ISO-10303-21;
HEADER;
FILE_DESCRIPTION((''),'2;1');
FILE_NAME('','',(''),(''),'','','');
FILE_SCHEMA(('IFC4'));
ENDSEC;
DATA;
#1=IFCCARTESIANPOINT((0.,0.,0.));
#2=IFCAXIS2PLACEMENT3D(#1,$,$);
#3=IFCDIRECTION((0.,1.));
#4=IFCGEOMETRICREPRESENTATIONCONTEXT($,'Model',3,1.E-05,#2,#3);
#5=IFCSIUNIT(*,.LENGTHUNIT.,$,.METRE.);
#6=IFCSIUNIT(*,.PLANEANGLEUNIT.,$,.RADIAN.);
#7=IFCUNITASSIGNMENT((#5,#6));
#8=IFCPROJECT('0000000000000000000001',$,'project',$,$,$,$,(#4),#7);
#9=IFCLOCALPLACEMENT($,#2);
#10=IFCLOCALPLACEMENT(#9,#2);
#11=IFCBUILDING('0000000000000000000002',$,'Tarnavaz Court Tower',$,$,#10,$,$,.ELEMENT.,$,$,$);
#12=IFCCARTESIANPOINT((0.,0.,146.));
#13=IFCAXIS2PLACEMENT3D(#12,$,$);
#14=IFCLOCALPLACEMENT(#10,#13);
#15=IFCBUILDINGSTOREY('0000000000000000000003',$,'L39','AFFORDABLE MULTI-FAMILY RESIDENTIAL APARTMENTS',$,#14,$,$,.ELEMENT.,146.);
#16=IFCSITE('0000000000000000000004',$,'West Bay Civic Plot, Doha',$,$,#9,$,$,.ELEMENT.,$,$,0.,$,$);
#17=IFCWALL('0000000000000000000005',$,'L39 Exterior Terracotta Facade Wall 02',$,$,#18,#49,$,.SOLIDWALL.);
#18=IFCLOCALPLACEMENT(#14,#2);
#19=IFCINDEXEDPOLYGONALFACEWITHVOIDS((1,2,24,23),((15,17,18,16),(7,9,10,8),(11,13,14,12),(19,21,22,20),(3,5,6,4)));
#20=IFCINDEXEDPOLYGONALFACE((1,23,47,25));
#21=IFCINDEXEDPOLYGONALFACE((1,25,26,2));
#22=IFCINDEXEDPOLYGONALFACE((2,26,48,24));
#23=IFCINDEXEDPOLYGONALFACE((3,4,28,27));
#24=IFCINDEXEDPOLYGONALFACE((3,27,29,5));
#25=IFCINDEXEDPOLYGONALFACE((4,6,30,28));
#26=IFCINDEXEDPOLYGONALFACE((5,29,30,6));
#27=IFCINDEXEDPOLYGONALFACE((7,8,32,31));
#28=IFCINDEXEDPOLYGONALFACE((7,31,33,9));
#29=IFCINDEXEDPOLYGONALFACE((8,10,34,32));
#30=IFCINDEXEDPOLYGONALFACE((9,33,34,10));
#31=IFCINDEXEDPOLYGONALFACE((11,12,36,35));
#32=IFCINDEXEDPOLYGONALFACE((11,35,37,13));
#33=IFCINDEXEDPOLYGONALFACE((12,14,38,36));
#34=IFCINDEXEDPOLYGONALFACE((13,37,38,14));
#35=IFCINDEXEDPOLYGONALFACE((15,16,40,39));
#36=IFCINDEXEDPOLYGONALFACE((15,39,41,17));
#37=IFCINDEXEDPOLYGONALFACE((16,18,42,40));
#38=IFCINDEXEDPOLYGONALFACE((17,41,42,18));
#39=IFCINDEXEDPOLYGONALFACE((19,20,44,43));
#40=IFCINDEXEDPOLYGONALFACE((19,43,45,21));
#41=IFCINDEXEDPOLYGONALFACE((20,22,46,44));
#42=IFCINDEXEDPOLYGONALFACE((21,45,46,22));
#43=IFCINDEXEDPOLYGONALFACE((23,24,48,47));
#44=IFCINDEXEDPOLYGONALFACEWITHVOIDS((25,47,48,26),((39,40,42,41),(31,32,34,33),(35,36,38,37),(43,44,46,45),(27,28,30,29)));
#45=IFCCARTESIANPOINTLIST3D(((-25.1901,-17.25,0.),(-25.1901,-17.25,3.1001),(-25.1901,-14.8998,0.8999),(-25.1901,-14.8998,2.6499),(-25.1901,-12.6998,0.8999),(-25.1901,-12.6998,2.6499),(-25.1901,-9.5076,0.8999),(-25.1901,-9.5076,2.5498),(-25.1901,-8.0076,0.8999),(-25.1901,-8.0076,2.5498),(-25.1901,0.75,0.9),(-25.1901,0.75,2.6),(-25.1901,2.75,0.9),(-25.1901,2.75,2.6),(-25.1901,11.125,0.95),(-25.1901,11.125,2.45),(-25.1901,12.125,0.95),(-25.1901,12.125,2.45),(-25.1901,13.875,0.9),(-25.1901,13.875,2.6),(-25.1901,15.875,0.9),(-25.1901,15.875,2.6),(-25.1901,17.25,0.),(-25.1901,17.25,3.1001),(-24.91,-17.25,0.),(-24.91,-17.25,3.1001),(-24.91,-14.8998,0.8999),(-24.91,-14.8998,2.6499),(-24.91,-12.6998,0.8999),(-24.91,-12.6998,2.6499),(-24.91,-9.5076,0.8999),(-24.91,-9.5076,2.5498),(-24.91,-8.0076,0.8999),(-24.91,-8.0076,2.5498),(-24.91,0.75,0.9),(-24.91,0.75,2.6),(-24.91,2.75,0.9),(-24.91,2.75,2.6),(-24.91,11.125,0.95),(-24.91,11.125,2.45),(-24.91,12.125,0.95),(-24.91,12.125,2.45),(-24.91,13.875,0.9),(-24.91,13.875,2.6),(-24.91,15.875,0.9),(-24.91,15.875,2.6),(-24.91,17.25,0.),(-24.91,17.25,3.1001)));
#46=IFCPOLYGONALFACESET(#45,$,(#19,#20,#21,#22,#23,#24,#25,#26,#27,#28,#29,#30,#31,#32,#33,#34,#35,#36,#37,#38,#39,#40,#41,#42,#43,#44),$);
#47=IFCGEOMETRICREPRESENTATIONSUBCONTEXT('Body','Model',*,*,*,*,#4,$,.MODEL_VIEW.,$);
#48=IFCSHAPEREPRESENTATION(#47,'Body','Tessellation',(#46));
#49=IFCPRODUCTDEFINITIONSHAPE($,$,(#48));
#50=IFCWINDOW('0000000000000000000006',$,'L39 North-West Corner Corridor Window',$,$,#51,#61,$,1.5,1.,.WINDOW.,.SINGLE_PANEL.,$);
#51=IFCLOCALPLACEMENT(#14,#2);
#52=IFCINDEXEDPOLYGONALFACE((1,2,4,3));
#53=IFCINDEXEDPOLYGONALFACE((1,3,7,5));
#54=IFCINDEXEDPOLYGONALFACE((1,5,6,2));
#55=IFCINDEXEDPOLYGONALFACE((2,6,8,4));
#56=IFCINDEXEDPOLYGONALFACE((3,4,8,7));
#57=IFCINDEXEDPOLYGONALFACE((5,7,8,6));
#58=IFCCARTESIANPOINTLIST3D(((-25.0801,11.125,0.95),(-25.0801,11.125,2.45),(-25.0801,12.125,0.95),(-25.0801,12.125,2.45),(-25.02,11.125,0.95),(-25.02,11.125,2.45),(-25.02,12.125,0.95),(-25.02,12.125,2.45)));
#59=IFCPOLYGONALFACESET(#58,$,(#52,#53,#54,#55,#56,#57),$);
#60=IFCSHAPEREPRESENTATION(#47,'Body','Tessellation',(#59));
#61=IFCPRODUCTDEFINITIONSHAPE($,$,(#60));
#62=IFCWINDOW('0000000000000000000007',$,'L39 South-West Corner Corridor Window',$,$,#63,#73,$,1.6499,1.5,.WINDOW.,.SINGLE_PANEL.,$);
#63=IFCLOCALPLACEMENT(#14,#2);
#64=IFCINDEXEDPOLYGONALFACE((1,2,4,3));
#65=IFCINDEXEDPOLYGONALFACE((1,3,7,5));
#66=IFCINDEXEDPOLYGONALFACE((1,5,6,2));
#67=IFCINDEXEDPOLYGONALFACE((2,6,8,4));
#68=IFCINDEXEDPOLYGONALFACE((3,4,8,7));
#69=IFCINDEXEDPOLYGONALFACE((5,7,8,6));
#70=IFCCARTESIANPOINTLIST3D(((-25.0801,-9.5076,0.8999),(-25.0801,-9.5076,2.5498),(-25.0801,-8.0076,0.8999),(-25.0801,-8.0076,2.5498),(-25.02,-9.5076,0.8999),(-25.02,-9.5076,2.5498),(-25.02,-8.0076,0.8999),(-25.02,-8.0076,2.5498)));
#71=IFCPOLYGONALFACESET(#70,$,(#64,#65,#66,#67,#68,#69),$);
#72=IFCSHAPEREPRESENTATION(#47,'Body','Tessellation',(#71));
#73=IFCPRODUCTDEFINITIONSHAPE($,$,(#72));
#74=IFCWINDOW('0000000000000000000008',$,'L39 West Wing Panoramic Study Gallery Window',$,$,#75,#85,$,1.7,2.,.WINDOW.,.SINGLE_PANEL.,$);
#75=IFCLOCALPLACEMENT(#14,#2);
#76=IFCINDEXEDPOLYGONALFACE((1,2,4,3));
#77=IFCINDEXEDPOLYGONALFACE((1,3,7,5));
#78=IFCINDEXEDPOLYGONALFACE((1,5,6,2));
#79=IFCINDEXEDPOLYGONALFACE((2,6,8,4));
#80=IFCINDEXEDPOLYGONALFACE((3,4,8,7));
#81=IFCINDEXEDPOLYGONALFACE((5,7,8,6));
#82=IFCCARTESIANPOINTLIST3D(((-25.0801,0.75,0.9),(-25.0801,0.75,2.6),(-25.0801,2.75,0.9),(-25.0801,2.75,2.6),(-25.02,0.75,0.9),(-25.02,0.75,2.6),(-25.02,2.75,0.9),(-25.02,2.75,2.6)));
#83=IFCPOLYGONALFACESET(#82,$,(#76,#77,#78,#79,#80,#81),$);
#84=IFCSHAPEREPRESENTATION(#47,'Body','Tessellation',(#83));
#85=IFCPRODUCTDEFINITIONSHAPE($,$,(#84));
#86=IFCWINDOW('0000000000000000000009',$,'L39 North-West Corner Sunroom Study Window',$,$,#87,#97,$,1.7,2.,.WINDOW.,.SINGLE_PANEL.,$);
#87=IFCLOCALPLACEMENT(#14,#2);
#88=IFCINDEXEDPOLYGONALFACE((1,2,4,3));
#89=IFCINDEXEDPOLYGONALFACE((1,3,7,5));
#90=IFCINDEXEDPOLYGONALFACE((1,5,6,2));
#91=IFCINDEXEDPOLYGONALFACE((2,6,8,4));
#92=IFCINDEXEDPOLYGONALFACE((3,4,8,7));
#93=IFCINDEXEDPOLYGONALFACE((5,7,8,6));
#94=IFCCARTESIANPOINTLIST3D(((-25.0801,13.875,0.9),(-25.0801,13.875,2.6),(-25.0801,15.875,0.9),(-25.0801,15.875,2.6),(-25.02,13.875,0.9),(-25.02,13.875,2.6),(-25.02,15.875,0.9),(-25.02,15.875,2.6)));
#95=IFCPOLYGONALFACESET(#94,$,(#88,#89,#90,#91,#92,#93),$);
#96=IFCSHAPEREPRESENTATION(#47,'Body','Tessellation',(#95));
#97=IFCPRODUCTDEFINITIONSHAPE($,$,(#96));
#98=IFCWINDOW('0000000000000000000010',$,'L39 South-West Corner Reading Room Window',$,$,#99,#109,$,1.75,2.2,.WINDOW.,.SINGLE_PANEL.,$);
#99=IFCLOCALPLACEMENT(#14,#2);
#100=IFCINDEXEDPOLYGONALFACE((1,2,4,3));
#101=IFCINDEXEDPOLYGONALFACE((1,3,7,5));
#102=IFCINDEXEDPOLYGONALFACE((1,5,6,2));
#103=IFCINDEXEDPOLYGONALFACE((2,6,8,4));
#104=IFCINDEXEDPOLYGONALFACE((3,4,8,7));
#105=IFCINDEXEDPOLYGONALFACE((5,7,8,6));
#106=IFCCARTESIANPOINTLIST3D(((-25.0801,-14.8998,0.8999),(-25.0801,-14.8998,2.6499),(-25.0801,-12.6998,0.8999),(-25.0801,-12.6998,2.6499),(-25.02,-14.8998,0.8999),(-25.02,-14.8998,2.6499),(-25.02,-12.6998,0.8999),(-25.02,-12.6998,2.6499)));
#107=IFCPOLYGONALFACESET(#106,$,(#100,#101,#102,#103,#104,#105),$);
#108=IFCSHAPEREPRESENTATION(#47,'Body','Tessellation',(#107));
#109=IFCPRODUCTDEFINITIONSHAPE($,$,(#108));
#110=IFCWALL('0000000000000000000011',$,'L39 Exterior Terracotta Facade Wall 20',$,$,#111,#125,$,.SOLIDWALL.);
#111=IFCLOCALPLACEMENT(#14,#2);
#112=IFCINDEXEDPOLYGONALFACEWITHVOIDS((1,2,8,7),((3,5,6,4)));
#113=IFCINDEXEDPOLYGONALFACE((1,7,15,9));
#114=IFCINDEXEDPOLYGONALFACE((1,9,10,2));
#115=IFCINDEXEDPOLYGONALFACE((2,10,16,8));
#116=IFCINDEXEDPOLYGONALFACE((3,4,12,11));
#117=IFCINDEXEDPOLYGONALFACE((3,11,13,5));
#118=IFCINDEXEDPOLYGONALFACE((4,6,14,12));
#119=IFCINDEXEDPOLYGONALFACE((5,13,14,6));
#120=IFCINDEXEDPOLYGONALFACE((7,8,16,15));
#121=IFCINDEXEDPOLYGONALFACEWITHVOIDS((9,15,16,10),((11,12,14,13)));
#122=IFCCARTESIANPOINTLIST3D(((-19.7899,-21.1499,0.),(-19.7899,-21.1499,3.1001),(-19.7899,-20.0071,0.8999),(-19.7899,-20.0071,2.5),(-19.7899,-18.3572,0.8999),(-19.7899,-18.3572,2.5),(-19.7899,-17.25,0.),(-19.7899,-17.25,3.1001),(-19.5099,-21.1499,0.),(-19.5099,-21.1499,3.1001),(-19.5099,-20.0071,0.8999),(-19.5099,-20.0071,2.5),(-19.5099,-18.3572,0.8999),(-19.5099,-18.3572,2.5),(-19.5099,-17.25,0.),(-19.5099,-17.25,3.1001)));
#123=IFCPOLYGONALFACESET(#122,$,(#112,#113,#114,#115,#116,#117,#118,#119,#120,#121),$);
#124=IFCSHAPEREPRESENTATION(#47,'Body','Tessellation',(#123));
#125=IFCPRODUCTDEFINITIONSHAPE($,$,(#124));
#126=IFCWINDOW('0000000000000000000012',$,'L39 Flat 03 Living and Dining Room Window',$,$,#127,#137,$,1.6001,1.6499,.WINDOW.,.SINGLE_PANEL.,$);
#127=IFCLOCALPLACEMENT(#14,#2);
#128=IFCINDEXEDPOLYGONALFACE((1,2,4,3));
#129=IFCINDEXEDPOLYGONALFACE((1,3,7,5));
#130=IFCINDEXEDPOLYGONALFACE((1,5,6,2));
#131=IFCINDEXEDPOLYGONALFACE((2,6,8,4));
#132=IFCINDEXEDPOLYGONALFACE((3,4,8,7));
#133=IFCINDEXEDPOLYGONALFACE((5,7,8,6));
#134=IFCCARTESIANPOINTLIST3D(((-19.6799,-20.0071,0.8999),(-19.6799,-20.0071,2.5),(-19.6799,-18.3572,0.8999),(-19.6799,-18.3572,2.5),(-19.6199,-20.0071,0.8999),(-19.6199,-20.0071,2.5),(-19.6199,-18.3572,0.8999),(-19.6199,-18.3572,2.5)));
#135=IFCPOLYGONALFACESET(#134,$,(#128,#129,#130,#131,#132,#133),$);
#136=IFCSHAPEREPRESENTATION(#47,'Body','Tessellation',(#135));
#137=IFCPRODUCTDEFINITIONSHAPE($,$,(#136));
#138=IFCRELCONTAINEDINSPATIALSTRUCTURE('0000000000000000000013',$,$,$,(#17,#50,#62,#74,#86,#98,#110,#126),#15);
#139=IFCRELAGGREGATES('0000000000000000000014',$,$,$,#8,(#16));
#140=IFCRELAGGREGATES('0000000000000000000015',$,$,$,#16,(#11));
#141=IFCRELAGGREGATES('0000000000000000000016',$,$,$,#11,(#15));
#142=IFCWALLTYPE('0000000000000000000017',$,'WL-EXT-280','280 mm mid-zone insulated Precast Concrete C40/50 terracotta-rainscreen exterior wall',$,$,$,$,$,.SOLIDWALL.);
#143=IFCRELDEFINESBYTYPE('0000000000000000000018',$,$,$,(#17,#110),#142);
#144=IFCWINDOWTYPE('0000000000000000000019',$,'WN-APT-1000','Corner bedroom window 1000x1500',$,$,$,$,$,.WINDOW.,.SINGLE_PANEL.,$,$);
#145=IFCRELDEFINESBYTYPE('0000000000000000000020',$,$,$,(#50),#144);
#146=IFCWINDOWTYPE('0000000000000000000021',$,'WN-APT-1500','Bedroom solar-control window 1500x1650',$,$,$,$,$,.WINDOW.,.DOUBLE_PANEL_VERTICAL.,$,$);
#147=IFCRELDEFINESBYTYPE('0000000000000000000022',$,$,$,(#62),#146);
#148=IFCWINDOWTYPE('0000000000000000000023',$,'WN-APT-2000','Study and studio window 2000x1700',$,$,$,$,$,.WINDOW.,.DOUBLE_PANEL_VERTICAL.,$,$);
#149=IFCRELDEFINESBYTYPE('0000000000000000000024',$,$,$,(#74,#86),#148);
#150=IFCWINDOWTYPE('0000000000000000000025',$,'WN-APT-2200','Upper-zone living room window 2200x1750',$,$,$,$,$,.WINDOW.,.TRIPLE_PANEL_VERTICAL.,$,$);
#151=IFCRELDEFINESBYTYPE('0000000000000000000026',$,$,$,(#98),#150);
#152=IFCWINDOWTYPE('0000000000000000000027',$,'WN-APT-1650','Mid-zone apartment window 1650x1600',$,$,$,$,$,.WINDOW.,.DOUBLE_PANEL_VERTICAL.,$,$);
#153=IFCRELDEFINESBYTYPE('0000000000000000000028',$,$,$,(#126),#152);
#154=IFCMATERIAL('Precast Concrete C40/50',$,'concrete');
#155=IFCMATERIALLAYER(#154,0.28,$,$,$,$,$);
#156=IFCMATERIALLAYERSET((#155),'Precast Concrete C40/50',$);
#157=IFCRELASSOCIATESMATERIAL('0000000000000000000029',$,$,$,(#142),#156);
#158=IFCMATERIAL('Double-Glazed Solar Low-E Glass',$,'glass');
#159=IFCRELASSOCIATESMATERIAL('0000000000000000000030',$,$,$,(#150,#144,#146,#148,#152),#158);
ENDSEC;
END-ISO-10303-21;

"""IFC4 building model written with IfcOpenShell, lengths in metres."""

from ifc_helpers import new_model, si_unit, direction, frame, frame_2d, origin, place, context, subcontext, project, spatial, rectangle, extrude, material, layer, layer_set, type_object, element, fill, save


model = new_model("IFC4")

# Units and contexts
model_context = context("Model", 3, precision=1e-05, world=origin(), true_north=direction((0.0, 1.0)))
body_context = subcontext(model_context, "Body", "Model", "MODEL_VIEW")
ifc_project = project(units=[si_unit("LENGTHUNIT", "METRE"), si_unit("PLANEANGLEUNIT", "RADIAN")], contexts=[model_context])

# Site, building, storey
site_placement = place(None, origin())
site = spatial("IfcSite", under=ifc_project, at=site_placement, Name="West Bay Civic Plot, Doha", CompositionType="ELEMENT", RefElevation=0.0)
building_placement = place(site_placement, origin())
building = spatial("IfcBuilding", under=site, at=building_placement, Name="Tarnavaz Court Tower", CompositionType="ELEMENT")
storey_placement = place(building_placement, frame((0.0, 0.0, 146.0)))
storey = spatial("IfcBuildingStorey", under=building, at=storey_placement, Name="L39", Description="AFFORDABLE MULTI-FAMILY RESIDENTIAL APARTMENTS", CompositionType="ELEMENT", Elevation=146.0)

# Shared definitions
ifc_material_1 = material(Name="Precast Concrete C40/50", Category="concrete")
ifc_layer_1 = layer(ifc_material_1, 0.28)
ifc_layer_set_1 = layer_set([ifc_layer_1], Name="Precast Concrete C40/50")
wall_type_1 = type_object("IfcWallType", Name="WL-EXT-280", Description="280 mm mid-zone insulated Precast Concrete C40/50 terracotta-rainscreen exterior wall", PredefinedType="SOLIDWALL", material=ifc_layer_set_1)
ifc_material_2 = material(Name="Double-Glazed Solar Low-E Glass", Category="glass")
window_type_1 = type_object("IfcWindowType", Name="WN-APT-2200", Description="Upper-zone living room window 2200x1750", PartitioningType="TRIPLE_PANEL_VERTICAL", PredefinedType="WINDOW", material=ifc_material_2)

# Wall, openings, windows
wall_1_placement = place(storey_placement, frame((-25.05, -17.25, 0.0), z_axis=(0.0, 0.0, 1.0), x_axis=(0.0, 1.0, 0.0)))
wall_1 = element("IfcWall", 1, at=wall_1_placement, inside=storey, type_object=wall_type_1, Name="L39 Exterior Terracotta Facade Wall 02", PredefinedType="SOLIDWALL", context=body_context, shape_type="SweptSolid", body=[
    extrude(rectangle(XDim=34.5, YDim=0.28, at=frame_2d((17.25, 0.0))), origin(), (0.0, 0.0, 1.0), 3.1001),
])
opening_1_placement = place(wall_1_placement, frame((2.3501, 0.0, 0.8999)))
opening_1 = element("IfcOpeningElement", 2, at=opening_1_placement, cuts=wall_1, PredefinedType="OPENING", context=body_context, shape_type="SweptSolid", body=[
    extrude(rectangle(XDim=2.2, YDim=1.75, at=frame_2d((1.1001, 0.875))), frame((0.0, 0.1499, 0.0), z_axis=(0.0, -1.0, 0.0), x_axis=(1.0, 0.0, 0.0)), (0.0, 0.0, 1.0), 0.3),
])
opening_2_placement = place(wall_1_placement, frame((7.7424, 0.0, 0.8999)))
opening_2 = element("IfcOpeningElement", 3, at=opening_2_placement, cuts=wall_1, PredefinedType="OPENING", context=body_context, shape_type="SweptSolid", body=[
    extrude(rectangle(XDim=1.5, YDim=1.6499, at=frame_2d((0.75, 0.825))), frame((0.0, 0.1499, 0.0), z_axis=(0.0, -1.0, 0.0), x_axis=(1.0, 0.0, 0.0)), (0.0, 0.0, 1.0), 0.3),
])
opening_3_placement = place(wall_1_placement, frame((18.0, 0.0, 0.8999)))
opening_3 = element("IfcOpeningElement", 4, at=opening_3_placement, cuts=wall_1, PredefinedType="OPENING", context=body_context, shape_type="SweptSolid", body=[
    extrude(rectangle(XDim=2.0, YDim=1.7, at=frame_2d((1.0, 0.8501))), frame((0.0, 0.1499, 0.0), z_axis=(0.0, -1.0, 0.0), x_axis=(1.0, 0.0, 0.0)), (0.0, 0.0, 1.0), 0.3),
])
opening_4_placement = place(wall_1_placement, frame((28.375, 0.0, 0.95)))
opening_4 = element("IfcOpeningElement", 5, at=opening_4_placement, cuts=wall_1, PredefinedType="OPENING", context=body_context, shape_type="SweptSolid", body=[
    extrude(rectangle(XDim=1.0, YDim=1.5, at=frame_2d((0.5, 0.75))), frame((0.0, 0.1499, 0.0), z_axis=(0.0, -1.0, 0.0), x_axis=(1.0, 0.0, 0.0)), (0.0, 0.0, 1.0), 0.3),
])
opening_5_placement = place(wall_1_placement, frame((31.125, 0.0, 0.8999)))
opening_5 = element("IfcOpeningElement", 6, at=opening_5_placement, cuts=wall_1, PredefinedType="OPENING", context=body_context, shape_type="SweptSolid", body=[
    extrude(rectangle(XDim=2.0, YDim=1.7, at=frame_2d((1.0, 0.8501))), frame((0.0, 0.1499, 0.0), z_axis=(0.0, -1.0, 0.0), x_axis=(1.0, 0.0, 0.0)), (0.0, 0.0, 1.0), 0.3),
])
window_type_2 = type_object("IfcWindowType", Name="WN-APT-1000", Description="Corner bedroom window 1000x1500", PartitioningType="SINGLE_PANEL", PredefinedType="WINDOW", material=ifc_material_2)
window_1_placement = place(opening_4_placement, origin())
window_1 = element("IfcWindow", 7, at=window_1_placement, inside=storey, type_object=window_type_2, Name="L39 North-West Corner Corridor Window", OverallHeight=1.5, OverallWidth=1.0, PartitioningType="SINGLE_PANEL", PredefinedType="WINDOW", context=body_context, shape_type="SweptSolid", body=[
    extrude(rectangle(XDim=1.0, YDim=1.5, at=frame_2d((0.5, 0.75))), frame((0.0, 0.03, 0.0), z_axis=(0.0, -1.0, 0.0), x_axis=(1.0, 0.0, 0.0)), (0.0, 0.0, 1.0), 0.0601),
])
fill(opening_4, window_1)
window_type_3 = type_object("IfcWindowType", Name="WN-APT-1500", Description="Bedroom solar-control window 1500x1650", PartitioningType="DOUBLE_PANEL_VERTICAL", PredefinedType="WINDOW", material=ifc_material_2)
window_2_placement = place(opening_2_placement, origin())
window_2 = element("IfcWindow", 8, at=window_2_placement, inside=storey, type_object=window_type_3, Name="L39 South-West Corner Corridor Window", OverallHeight=1.6499, OverallWidth=1.5, PartitioningType="SINGLE_PANEL", PredefinedType="WINDOW", context=body_context, shape_type="SweptSolid", body=[
    extrude(rectangle(XDim=1.5, YDim=1.6499, at=frame_2d((0.75, 0.825))), frame((0.0, 0.03, 0.0), z_axis=(0.0, -1.0, 0.0), x_axis=(1.0, 0.0, 0.0)), (0.0, 0.0, 1.0), 0.0601),
])
fill(opening_2, window_2)
window_type_4 = type_object("IfcWindowType", Name="WN-APT-2000", Description="Study and studio window 2000x1700", PartitioningType="DOUBLE_PANEL_VERTICAL", PredefinedType="WINDOW", material=ifc_material_2)
window_3_placement = place(opening_3_placement, origin())
window_3 = element("IfcWindow", 9, at=window_3_placement, inside=storey, type_object=window_type_4, Name="L39 West Wing Panoramic Study Gallery Window", OverallHeight=1.7, OverallWidth=2.0, PartitioningType="SINGLE_PANEL", PredefinedType="WINDOW", context=body_context, shape_type="SweptSolid", body=[
    extrude(rectangle(XDim=2.0, YDim=1.7, at=frame_2d((1.0, 0.8501))), frame((0.0, 0.03, 0.0), z_axis=(0.0, -1.0, 0.0), x_axis=(1.0, 0.0, 0.0)), (0.0, 0.0, 1.0), 0.0601),
])
fill(opening_3, window_3)
window_4_placement = place(opening_5_placement, origin())
window_4 = element("IfcWindow", 10, at=window_4_placement, inside=storey, type_object=window_type_4, Name="L39 North-West Corner Sunroom Study Window", OverallHeight=1.7, OverallWidth=2.0, PartitioningType="SINGLE_PANEL", PredefinedType="WINDOW", context=body_context, shape_type="SweptSolid", body=[
    extrude(rectangle(XDim=2.0, YDim=1.7, at=frame_2d((1.0, 0.8501))), frame((0.0, 0.03, 0.0), z_axis=(0.0, -1.0, 0.0), x_axis=(1.0, 0.0, 0.0)), (0.0, 0.0, 1.0), 0.0601),
])
fill(opening_5, window_4)
window_5_placement = place(opening_1_placement, origin())
window_5 = element("IfcWindow", 11, at=window_5_placement, inside=storey, type_object=window_type_1, Name="L39 South-West Corner Reading Room Window", OverallHeight=1.75, OverallWidth=2.2, PartitioningType="SINGLE_PANEL", PredefinedType="WINDOW", context=body_context, shape_type="SweptSolid", body=[
    extrude(rectangle(XDim=2.2, YDim=1.75, at=frame_2d((1.1001, 0.875))), frame((0.0, 0.03, 0.0), z_axis=(0.0, -1.0, 0.0), x_axis=(1.0, 0.0, 0.0)), (0.0, 0.0, 1.0), 0.0601),
])
fill(opening_1, window_5)

# Wall, opening, window
wall_2_placement = place(storey_placement, frame((-19.6499, -21.1499, 0.0), z_axis=(0.0, 0.0, 1.0), x_axis=(0.0, 1.0, 0.0)))
wall_2 = element("IfcWall", 12, at=wall_2_placement, inside=storey, type_object=wall_type_1, Name="L39 Exterior Terracotta Facade Wall 20", PredefinedType="SOLIDWALL", context=body_context, shape_type="SweptSolid", body=[
    extrude(rectangle(XDim=3.8999, YDim=0.28, at=frame_2d((1.95, 0.0))), origin(), (0.0, 0.0, 1.0), 3.1001),
])
opening_6_placement = place(wall_2_placement, frame((1.1428, 0.0, 0.8999)))
opening_6 = element("IfcOpeningElement", 13, at=opening_6_placement, cuts=wall_2, PredefinedType="OPENING", context=body_context, shape_type="SweptSolid", body=[
    extrude(rectangle(XDim=1.6499, YDim=1.6001, at=frame_2d((0.825, 0.8))), frame((0.0, 0.1499, 0.0), z_axis=(0.0, -1.0, 0.0), x_axis=(1.0, 0.0, 0.0)), (0.0, 0.0, 1.0), 0.3),
])
window_type_5 = type_object("IfcWindowType", Name="WN-APT-1650", Description="Mid-zone apartment window 1650x1600", PartitioningType="DOUBLE_PANEL_VERTICAL", PredefinedType="WINDOW", material=ifc_material_2)
window_6_placement = place(opening_6_placement, origin())
window_6 = element("IfcWindow", 14, at=window_6_placement, inside=storey, type_object=window_type_5, Name="L39 Flat 03 Living and Dining Room Window", OverallHeight=1.6001, OverallWidth=1.6499, PartitioningType="SINGLE_PANEL", PredefinedType="WINDOW", context=body_context, shape_type="SweptSolid", body=[
    extrude(rectangle(XDim=1.6499, YDim=1.6001, at=frame_2d((0.825, 0.8))), frame((0.0, 0.03, 0.0), z_axis=(0.0, -1.0, 0.0), x_axis=(1.0, 0.0, 0.0)), (0.0, 0.0, 1.0), 0.0601),
])
fill(opening_6, window_6)

save(model, "model.ifc")
